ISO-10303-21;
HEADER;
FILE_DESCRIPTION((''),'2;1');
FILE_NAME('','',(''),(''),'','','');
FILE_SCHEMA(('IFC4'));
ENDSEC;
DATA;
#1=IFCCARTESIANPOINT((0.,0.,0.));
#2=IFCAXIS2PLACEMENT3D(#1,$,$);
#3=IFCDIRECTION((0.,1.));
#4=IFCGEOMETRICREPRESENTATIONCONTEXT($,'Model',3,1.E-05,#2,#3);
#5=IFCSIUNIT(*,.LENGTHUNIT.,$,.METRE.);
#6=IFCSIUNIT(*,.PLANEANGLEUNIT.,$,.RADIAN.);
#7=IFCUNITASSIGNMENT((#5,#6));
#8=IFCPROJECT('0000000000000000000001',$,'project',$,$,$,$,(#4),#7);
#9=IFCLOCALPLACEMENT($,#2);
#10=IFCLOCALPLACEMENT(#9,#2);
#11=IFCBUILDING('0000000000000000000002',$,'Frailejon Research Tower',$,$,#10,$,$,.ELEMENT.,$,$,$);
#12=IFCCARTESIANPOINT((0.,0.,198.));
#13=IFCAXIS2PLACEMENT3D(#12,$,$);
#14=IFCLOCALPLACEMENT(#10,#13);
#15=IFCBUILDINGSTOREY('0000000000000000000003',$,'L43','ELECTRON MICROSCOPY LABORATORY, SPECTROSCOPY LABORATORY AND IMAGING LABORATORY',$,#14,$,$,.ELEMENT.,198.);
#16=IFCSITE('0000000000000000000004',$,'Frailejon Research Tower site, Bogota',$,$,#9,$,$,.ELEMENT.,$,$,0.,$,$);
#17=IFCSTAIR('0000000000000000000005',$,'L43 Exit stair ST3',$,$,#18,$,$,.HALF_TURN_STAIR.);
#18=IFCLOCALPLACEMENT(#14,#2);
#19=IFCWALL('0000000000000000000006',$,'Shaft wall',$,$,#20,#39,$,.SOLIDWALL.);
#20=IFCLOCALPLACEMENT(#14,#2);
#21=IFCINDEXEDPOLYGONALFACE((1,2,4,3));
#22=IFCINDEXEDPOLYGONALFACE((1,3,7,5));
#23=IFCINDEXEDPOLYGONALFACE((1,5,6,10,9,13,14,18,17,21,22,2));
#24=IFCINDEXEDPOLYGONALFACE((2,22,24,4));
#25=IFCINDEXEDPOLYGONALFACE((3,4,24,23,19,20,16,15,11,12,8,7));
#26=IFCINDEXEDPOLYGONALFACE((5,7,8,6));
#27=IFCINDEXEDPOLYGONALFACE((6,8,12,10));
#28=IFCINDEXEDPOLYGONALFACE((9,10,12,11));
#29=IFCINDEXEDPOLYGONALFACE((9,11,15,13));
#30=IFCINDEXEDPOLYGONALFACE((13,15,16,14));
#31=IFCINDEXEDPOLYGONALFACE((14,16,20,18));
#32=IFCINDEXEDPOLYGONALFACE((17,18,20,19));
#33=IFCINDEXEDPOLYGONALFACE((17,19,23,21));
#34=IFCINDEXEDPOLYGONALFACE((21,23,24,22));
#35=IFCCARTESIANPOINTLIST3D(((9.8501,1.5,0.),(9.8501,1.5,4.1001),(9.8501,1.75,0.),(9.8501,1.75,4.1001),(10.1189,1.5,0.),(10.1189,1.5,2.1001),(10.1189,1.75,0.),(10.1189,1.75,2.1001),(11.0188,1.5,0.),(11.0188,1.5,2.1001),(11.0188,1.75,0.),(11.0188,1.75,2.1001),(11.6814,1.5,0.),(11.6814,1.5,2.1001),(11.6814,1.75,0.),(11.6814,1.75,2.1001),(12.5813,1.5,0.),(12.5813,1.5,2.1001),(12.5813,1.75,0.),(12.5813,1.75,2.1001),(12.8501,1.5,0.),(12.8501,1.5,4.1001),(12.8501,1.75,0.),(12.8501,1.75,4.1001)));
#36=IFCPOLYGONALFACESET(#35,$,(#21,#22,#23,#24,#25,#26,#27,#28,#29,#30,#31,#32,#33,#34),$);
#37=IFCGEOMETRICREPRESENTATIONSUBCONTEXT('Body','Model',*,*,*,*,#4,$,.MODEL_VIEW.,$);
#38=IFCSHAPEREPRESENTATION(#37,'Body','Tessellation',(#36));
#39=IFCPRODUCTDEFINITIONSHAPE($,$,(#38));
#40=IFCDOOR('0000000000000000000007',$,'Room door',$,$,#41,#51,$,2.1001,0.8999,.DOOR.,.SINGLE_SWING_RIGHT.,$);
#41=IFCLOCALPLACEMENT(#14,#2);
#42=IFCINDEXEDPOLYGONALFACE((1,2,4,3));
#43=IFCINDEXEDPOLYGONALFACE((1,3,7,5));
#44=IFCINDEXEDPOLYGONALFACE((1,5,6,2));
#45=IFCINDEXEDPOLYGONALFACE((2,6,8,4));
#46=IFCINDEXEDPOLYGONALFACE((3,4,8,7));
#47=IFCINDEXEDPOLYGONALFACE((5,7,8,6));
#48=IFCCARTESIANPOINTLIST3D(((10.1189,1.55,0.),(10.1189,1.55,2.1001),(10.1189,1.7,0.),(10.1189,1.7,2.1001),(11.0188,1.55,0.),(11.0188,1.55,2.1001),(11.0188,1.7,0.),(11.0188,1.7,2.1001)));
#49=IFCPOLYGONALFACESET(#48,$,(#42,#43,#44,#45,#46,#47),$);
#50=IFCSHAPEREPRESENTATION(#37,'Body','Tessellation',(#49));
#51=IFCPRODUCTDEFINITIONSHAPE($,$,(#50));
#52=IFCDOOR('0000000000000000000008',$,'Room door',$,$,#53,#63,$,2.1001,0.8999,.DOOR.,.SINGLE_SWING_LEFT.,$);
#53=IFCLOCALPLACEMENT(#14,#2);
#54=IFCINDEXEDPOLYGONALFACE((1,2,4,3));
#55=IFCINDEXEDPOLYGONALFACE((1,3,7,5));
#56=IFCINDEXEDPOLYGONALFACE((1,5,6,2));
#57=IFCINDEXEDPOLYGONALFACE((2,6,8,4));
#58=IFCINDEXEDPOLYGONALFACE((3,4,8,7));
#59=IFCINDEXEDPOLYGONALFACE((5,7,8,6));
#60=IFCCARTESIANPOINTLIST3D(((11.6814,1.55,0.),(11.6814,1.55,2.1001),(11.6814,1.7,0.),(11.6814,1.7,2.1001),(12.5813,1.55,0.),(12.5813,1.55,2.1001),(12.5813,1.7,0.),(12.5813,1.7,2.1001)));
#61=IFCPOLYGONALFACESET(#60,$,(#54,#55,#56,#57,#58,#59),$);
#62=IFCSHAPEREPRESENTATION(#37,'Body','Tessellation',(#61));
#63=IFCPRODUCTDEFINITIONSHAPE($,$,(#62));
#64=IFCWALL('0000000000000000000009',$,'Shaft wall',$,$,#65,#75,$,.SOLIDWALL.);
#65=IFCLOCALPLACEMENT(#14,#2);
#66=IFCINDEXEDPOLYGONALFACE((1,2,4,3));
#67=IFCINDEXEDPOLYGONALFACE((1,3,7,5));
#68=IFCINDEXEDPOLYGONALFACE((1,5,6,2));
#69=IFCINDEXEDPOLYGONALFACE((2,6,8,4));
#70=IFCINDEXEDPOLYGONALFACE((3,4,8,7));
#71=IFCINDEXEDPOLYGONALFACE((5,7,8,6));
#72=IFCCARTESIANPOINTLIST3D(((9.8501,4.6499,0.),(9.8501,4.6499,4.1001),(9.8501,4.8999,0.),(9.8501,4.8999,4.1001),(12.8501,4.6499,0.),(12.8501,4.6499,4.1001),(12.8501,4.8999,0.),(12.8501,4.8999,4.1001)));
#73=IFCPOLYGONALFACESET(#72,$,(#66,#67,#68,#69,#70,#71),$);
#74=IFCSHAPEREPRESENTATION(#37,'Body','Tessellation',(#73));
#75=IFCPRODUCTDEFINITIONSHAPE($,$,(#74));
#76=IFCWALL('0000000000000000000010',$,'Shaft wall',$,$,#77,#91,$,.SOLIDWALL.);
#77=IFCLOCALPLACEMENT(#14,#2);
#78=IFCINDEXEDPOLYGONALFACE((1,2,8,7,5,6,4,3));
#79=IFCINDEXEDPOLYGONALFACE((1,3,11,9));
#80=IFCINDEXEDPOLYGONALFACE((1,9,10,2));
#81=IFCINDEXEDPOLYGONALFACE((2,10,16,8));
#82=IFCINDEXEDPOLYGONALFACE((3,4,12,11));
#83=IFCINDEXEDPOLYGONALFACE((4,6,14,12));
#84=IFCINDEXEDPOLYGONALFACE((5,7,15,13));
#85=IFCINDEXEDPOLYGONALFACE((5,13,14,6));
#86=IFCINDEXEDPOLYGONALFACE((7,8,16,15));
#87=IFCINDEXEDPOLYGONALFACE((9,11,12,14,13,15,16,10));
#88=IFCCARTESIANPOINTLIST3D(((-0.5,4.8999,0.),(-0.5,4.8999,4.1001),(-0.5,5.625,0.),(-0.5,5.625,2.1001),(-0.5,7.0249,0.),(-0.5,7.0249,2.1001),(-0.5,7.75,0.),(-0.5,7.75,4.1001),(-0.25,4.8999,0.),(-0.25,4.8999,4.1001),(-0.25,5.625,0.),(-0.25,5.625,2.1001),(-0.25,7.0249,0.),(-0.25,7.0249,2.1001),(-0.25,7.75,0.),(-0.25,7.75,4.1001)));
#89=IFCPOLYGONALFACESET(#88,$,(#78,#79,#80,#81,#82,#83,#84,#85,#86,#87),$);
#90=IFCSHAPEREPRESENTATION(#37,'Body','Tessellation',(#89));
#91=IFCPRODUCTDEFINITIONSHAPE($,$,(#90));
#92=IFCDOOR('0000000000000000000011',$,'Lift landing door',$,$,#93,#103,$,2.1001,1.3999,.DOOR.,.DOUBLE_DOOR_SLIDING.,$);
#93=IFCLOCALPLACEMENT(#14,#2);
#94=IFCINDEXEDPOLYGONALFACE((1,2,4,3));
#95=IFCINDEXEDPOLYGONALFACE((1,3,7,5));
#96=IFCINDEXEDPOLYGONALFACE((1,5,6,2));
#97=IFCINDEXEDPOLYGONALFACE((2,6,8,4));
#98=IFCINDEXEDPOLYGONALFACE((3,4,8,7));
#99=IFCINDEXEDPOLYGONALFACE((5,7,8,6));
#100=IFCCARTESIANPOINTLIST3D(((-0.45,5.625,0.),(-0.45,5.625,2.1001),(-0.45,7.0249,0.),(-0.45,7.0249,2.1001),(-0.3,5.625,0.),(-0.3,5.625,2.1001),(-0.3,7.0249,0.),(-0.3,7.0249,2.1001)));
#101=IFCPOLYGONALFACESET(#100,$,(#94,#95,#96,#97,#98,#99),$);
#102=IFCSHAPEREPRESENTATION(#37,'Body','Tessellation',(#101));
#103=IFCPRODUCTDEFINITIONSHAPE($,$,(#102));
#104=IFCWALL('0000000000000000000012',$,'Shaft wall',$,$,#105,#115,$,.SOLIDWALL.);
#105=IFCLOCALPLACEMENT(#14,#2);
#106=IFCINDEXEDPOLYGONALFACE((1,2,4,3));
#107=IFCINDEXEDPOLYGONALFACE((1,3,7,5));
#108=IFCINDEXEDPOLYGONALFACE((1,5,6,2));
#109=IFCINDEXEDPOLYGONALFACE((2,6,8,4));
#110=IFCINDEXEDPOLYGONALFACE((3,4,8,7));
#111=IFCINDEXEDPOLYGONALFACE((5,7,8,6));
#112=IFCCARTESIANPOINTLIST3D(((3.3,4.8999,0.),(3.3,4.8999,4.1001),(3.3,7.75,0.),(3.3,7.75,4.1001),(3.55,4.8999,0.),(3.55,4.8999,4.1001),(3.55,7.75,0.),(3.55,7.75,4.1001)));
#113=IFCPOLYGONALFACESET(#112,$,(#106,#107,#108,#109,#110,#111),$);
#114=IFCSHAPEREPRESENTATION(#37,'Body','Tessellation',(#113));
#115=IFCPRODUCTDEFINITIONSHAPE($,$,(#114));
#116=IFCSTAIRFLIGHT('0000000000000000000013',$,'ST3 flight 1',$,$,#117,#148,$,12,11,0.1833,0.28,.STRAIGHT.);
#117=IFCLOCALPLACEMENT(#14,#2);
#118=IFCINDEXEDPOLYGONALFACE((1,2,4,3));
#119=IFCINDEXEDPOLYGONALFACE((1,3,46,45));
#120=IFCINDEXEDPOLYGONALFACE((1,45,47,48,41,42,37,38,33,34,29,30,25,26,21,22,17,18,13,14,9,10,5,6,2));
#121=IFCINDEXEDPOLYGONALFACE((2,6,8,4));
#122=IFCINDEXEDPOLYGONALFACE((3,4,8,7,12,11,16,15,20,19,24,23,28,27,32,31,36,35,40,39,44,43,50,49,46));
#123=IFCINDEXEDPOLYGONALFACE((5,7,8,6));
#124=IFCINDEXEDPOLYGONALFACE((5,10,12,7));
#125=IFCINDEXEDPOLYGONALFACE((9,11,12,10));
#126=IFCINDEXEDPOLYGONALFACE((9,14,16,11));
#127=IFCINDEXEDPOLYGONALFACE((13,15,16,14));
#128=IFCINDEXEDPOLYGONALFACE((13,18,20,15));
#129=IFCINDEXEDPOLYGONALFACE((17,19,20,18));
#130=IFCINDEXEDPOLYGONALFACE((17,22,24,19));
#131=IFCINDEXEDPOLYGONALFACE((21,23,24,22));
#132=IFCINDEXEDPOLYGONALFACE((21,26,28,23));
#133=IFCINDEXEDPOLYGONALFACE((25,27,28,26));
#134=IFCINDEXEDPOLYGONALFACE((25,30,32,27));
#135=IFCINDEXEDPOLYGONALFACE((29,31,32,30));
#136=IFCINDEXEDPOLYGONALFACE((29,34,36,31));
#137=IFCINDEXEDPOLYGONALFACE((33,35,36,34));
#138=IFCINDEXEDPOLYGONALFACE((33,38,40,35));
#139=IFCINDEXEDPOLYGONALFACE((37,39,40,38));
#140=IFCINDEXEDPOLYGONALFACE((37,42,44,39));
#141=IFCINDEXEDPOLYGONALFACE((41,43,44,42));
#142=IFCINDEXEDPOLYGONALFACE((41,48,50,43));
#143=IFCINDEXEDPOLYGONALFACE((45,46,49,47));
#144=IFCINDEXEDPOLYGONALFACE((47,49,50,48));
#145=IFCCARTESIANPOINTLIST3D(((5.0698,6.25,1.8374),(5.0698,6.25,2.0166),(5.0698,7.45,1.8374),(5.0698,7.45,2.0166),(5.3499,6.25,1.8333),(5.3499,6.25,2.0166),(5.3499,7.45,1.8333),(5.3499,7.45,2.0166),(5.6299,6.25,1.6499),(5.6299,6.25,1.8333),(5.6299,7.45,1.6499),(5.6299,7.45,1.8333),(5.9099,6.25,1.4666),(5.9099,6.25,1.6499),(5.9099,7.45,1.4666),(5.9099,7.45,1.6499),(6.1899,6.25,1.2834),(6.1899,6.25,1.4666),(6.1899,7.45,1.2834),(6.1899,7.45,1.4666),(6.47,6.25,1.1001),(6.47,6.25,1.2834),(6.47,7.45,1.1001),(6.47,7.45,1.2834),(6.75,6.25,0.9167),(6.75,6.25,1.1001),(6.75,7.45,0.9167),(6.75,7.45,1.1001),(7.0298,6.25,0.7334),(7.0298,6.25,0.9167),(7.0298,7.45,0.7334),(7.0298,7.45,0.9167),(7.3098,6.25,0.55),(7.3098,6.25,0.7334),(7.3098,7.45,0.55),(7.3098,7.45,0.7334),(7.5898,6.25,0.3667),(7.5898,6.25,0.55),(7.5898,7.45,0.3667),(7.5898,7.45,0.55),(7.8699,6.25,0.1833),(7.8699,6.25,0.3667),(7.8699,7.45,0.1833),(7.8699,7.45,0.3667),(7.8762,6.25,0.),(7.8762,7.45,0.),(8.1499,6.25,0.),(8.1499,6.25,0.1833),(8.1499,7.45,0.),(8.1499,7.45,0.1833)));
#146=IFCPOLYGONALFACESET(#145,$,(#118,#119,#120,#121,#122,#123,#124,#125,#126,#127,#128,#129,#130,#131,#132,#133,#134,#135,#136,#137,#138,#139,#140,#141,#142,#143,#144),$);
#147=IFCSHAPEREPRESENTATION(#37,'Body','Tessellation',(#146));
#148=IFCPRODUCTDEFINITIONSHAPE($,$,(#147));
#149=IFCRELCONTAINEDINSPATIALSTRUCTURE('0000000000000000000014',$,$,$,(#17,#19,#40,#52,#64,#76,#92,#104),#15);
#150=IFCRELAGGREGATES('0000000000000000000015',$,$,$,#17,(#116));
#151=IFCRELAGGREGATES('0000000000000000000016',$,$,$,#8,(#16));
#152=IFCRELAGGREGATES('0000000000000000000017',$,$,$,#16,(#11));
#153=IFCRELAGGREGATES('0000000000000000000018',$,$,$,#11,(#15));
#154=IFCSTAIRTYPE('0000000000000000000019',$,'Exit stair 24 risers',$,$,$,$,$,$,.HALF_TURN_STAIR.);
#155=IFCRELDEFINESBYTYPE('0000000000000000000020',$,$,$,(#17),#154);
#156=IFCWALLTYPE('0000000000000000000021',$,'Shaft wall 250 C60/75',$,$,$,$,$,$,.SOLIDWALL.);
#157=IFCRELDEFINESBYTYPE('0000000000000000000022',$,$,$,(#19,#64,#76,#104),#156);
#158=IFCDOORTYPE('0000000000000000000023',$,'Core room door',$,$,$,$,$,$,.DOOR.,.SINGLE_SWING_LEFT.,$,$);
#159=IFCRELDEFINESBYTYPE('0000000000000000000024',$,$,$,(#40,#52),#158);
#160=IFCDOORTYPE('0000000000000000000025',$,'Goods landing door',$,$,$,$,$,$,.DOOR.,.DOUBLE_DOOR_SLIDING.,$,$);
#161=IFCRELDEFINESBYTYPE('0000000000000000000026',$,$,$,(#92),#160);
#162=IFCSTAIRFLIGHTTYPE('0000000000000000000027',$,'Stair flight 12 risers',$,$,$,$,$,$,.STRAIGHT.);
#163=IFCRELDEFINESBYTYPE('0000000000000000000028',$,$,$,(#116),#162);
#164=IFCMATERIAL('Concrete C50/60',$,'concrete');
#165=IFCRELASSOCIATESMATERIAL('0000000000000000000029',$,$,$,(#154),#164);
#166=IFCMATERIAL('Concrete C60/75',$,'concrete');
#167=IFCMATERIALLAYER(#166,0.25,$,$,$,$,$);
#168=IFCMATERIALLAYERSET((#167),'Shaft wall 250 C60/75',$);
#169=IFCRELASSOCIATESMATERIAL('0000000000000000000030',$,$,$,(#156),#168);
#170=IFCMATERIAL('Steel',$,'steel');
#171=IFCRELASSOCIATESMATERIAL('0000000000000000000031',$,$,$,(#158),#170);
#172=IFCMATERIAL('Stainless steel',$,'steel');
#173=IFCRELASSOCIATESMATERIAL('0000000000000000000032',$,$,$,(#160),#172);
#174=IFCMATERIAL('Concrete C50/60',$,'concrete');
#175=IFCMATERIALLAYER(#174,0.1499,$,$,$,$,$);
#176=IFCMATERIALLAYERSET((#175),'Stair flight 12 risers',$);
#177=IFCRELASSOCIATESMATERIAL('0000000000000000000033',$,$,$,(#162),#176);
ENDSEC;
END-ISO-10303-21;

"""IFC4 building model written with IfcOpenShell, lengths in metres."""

from ifc_helpers import new_model, si_unit, direction, frame, frame_2d, origin, place, context, subcontext, project, spatial, polyline, rectangle, outline, extrude, material, layer, layer_set, type_object, element, fill, aggregate, save


model = new_model("IFC4")

# Units and contexts
model_context = context("Model", 3, precision=1e-05, world=origin(), true_north=direction((0.0, 1.0)))
body_context = subcontext(model_context, "Body", "Model", "MODEL_VIEW")
ifc_project = project(units=[si_unit("LENGTHUNIT", "METRE"), si_unit("PLANEANGLEUNIT", "RADIAN")], contexts=[model_context])

# Site, building, storey
site_placement = place(None, origin())
site = spatial("IfcSite", under=ifc_project, at=site_placement, Name="Frailejon Research Tower site, Bogota", CompositionType="ELEMENT", RefElevation=0.0)
building_placement = place(site_placement, origin())
building = spatial("IfcBuilding", under=site, at=building_placement, Name="Frailejon Research Tower", CompositionType="ELEMENT")
storey_placement = place(building_placement, frame((0.0, 0.0, 198.0)))
storey = spatial("IfcBuildingStorey", under=building, at=storey_placement, Name="L43", Description="ELECTRON MICROSCOPY LABORATORY, SPECTROSCOPY LABORATORY AND IMAGING LABORATORY", CompositionType="ELEMENT", Elevation=198.0)

# Stair
ifc_material_1 = material(Name="Concrete C50/60", Category="concrete")
stair_type = type_object("IfcStairType", Name="Exit stair 24 risers", PredefinedType="HALF_TURN_STAIR", material=ifc_material_1)
stair_placement = place(storey_placement, origin())
stair = element("IfcStair", 1, at=stair_placement, inside=storey, type_object=stair_type, Name="L43 Exit stair ST3", PredefinedType="HALF_TURN_STAIR")

# Wall, openings, doors
ifc_material_2 = material(Name="Concrete C60/75", Category="concrete")
ifc_layer_1 = layer(ifc_material_2, 0.25)
ifc_layer_set_1 = layer_set([ifc_layer_1], Name="Shaft wall 250 C60/75")
wall_type_1 = type_object("IfcWallType", Name="Shaft wall 250 C60/75", PredefinedType="SOLIDWALL", material=ifc_layer_set_1)
wall_1_placement = place(storey_placement, frame((9.8501, 1.625, 0.0), z_axis=(0.0, 0.0, 1.0), x_axis=(1.0, 0.0, 0.0)))
wall_1 = element("IfcWall", 2, at=wall_1_placement, inside=storey, type_object=wall_type_1, Name="Shaft wall", PredefinedType="SOLIDWALL", context=body_context, shape_type="SweptSolid", body=[
    extrude(rectangle(XDim=3.0, YDim=0.25, at=frame_2d((1.5, 0.0))), origin(), (0.0, 0.0, 1.0), 4.1001),
])
opening_1_placement = place(wall_1_placement, frame((0.2688, 0.0, 0.0)))
opening_1 = element("IfcOpeningElement", 3, at=opening_1_placement, cuts=wall_1, PredefinedType="OPENING", context=body_context, shape_type="SweptSolid", body=[
    extrude(rectangle(XDim=0.8999, YDim=2.1001, at=frame_2d((0.45, 1.05))), frame((0.0, 0.135, 0.0), z_axis=(0.0, -1.0, 0.0), x_axis=(1.0, 0.0, 0.0)), (0.0, 0.0, 1.0), 0.27),
])
opening_2_placement = place(wall_1_placement, frame((1.8313, 0.0, 0.0)))
opening_2 = element("IfcOpeningElement", 4, at=opening_2_placement, cuts=wall_1, PredefinedType="OPENING", context=body_context, shape_type="SweptSolid", body=[
    extrude(rectangle(XDim=0.8999, YDim=2.1001, at=frame_2d((0.45, 1.05))), frame((0.0, 0.135, 0.0), z_axis=(0.0, -1.0, 0.0), x_axis=(1.0, 0.0, 0.0)), (0.0, 0.0, 1.0), 0.27),
])
ifc_material_3 = material(Name="Steel", Category="steel")
door_type_1 = type_object("IfcDoorType", Name="Core room door", OperationType="SINGLE_SWING_LEFT", PredefinedType="DOOR", material=ifc_material_3)
door_1_placement = place(opening_1_placement, origin())
door_1 = element("IfcDoor", 5, at=door_1_placement, inside=storey, type_object=door_type_1, Name="Room door", OperationType="SINGLE_SWING_RIGHT", OverallHeight=2.1001, OverallWidth=0.8999, PredefinedType="DOOR", context=body_context, shape_type="SweptSolid", body=[
    extrude(rectangle(XDim=0.8999, YDim=2.1001, at=frame_2d((0.45, 1.05))), frame((0.0, 0.075, 0.0), z_axis=(0.0, -1.0, 0.0), x_axis=(1.0, 0.0, 0.0)), (0.0, 0.0, 1.0), 0.1499),
])
fill(opening_1, door_1)
door_2_placement = place(opening_2_placement, origin())
door_2 = element("IfcDoor", 6, at=door_2_placement, inside=storey, type_object=door_type_1, Name="Room door", OperationType="SINGLE_SWING_LEFT", OverallHeight=2.1001, OverallWidth=0.8999, PredefinedType="DOOR", context=body_context, shape_type="SweptSolid", body=[
    extrude(rectangle(XDim=0.8999, YDim=2.1001, at=frame_2d((0.45, 1.05))), frame((0.0, 0.075, 0.0), z_axis=(0.0, -1.0, 0.0), x_axis=(1.0, 0.0, 0.0)), (0.0, 0.0, 1.0), 0.1499),
])
fill(opening_2, door_2)

# Wall
wall_2_placement = place(storey_placement, frame((9.8501, 4.7749, 0.0), z_axis=(0.0, 0.0, 1.0), x_axis=(1.0, 0.0, 0.0)))
element("IfcWall", 7, at=wall_2_placement, inside=storey, type_object=wall_type_1, Name="Shaft wall", PredefinedType="SOLIDWALL", context=body_context, shape_type="SweptSolid", body=[
    extrude(rectangle(XDim=3.0, YDim=0.25, at=frame_2d((1.5, 0.0))), origin(), (0.0, 0.0, 1.0), 4.1001),
])

# Wall, opening, door
wall_3_placement = place(storey_placement, frame((-0.375, 4.8999, 0.0), z_axis=(0.0, 0.0, 1.0), x_axis=(0.0, 1.0, 0.0)))
wall_3 = element("IfcWall", 8, at=wall_3_placement, inside=storey, type_object=wall_type_1, Name="Shaft wall", PredefinedType="SOLIDWALL", context=body_context, shape_type="SweptSolid", body=[
    extrude(rectangle(XDim=2.8501, YDim=0.25, at=frame_2d((1.425, 0.0))), origin(), (0.0, 0.0, 1.0), 4.1001),
])
opening_3_placement = place(wall_3_placement, frame((0.7251, 0.0, 0.0)))
opening_3 = element("IfcOpeningElement", 9, at=opening_3_placement, cuts=wall_3, PredefinedType="OPENING", context=body_context, shape_type="SweptSolid", body=[
    extrude(rectangle(XDim=1.3999, YDim=2.1001, at=frame_2d((0.7, 1.05))), frame((0.0, 0.135, 0.0), z_axis=(0.0, -1.0, 0.0), x_axis=(1.0, 0.0, 0.0)), (0.0, 0.0, 1.0), 0.27),
])
ifc_material_4 = material(Name="Stainless steel", Category="steel")
door_type_2 = type_object("IfcDoorType", Name="Goods landing door", OperationType="DOUBLE_DOOR_SLIDING", PredefinedType="DOOR", material=ifc_material_4)
door_3_placement = place(opening_3_placement, origin())
door_3 = element("IfcDoor", 10, at=door_3_placement, inside=storey, type_object=door_type_2, Name="Lift landing door", OperationType="DOUBLE_DOOR_SLIDING", OverallHeight=2.1001, OverallWidth=1.3999, PredefinedType="DOOR", context=body_context, shape_type="SweptSolid", body=[
    extrude(rectangle(XDim=1.3999, YDim=2.1001, at=frame_2d((0.7, 1.05))), frame((0.0, 0.075, 0.0), z_axis=(0.0, -1.0, 0.0), x_axis=(1.0, 0.0, 0.0)), (0.0, 0.0, 1.0), 0.1499),
])
fill(opening_3, door_3)

# Wall
wall_4_placement = place(storey_placement, frame((3.425, 4.8999, 0.0), z_axis=(0.0, 0.0, 1.0), x_axis=(0.0, 1.0, 0.0)))
element("IfcWall", 11, at=wall_4_placement, inside=storey, type_object=wall_type_1, Name="Shaft wall", PredefinedType="SOLIDWALL", context=body_context, shape_type="SweptSolid", body=[
    extrude(rectangle(XDim=2.8501, YDim=0.25, at=frame_2d((1.425, 0.0))), origin(), (0.0, 0.0, 1.0), 4.1001),
])

# Stair flight
ifc_material_5 = material(Name="Concrete C50/60", Category="concrete")
ifc_layer_2 = layer(ifc_material_5, 0.1499)
ifc_layer_set_2 = layer_set([ifc_layer_2], Name="Stair flight 12 risers")
stair_flight_type = type_object("IfcStairFlightType", Name="Stair flight 12 risers", PredefinedType="STRAIGHT", material=ifc_layer_set_2)
stair_flight_1_placement = place(storey_placement, frame((8.1499, 6.8501, 0.0), z_axis=(0.0, 0.0, 1.0), x_axis=(-1.0, 0.0, 0.0)))
stair_flight_1 = element("IfcStairFlight", 12, at=stair_flight_1_placement, type_object=stair_flight_type, Name="ST3 flight 1", NumberOfRisers=12, NumberOfTreads=11, PredefinedType="STRAIGHT", RiserHeight=0.1833, TreadLength=0.28, context=body_context, shape_type="SweptSolid", body=[
    extrude(outline(polyline([(0.0, 0.0), (0.0, 0.1833), (0.28, 0.1833), (0.28, 0.3667), (0.5601, 0.3667), (0.5601, 0.55), (0.8401, 0.55), (0.8401, 0.7334), (1.1201, 0.7334), (1.1201, 0.9167), (1.3999, 0.9167), (1.3999, 1.1001), (1.6799, 1.1001), (1.6799, 1.2834), (1.96, 1.2834), (1.96, 1.4666), (2.24, 1.4666), (2.24, 1.6499), (2.52, 1.6499), (2.52, 1.8333), (2.8, 1.8333), (2.8, 2.0166), (3.0801, 2.0166), (3.0801, 2.2), (3.0801, 1.8374), (0.2737, 0.0), (0.0, 0.0)])), frame((0.0, 0.6001, 0.0), z_axis=(0.0, -1.0, 0.0), x_axis=(1.0, 0.0, 0.0)), (0.0, 0.0, 1.0), 1.2),
])
aggregate(stair, [stair_flight_1])

save(model, "model.ifc")
